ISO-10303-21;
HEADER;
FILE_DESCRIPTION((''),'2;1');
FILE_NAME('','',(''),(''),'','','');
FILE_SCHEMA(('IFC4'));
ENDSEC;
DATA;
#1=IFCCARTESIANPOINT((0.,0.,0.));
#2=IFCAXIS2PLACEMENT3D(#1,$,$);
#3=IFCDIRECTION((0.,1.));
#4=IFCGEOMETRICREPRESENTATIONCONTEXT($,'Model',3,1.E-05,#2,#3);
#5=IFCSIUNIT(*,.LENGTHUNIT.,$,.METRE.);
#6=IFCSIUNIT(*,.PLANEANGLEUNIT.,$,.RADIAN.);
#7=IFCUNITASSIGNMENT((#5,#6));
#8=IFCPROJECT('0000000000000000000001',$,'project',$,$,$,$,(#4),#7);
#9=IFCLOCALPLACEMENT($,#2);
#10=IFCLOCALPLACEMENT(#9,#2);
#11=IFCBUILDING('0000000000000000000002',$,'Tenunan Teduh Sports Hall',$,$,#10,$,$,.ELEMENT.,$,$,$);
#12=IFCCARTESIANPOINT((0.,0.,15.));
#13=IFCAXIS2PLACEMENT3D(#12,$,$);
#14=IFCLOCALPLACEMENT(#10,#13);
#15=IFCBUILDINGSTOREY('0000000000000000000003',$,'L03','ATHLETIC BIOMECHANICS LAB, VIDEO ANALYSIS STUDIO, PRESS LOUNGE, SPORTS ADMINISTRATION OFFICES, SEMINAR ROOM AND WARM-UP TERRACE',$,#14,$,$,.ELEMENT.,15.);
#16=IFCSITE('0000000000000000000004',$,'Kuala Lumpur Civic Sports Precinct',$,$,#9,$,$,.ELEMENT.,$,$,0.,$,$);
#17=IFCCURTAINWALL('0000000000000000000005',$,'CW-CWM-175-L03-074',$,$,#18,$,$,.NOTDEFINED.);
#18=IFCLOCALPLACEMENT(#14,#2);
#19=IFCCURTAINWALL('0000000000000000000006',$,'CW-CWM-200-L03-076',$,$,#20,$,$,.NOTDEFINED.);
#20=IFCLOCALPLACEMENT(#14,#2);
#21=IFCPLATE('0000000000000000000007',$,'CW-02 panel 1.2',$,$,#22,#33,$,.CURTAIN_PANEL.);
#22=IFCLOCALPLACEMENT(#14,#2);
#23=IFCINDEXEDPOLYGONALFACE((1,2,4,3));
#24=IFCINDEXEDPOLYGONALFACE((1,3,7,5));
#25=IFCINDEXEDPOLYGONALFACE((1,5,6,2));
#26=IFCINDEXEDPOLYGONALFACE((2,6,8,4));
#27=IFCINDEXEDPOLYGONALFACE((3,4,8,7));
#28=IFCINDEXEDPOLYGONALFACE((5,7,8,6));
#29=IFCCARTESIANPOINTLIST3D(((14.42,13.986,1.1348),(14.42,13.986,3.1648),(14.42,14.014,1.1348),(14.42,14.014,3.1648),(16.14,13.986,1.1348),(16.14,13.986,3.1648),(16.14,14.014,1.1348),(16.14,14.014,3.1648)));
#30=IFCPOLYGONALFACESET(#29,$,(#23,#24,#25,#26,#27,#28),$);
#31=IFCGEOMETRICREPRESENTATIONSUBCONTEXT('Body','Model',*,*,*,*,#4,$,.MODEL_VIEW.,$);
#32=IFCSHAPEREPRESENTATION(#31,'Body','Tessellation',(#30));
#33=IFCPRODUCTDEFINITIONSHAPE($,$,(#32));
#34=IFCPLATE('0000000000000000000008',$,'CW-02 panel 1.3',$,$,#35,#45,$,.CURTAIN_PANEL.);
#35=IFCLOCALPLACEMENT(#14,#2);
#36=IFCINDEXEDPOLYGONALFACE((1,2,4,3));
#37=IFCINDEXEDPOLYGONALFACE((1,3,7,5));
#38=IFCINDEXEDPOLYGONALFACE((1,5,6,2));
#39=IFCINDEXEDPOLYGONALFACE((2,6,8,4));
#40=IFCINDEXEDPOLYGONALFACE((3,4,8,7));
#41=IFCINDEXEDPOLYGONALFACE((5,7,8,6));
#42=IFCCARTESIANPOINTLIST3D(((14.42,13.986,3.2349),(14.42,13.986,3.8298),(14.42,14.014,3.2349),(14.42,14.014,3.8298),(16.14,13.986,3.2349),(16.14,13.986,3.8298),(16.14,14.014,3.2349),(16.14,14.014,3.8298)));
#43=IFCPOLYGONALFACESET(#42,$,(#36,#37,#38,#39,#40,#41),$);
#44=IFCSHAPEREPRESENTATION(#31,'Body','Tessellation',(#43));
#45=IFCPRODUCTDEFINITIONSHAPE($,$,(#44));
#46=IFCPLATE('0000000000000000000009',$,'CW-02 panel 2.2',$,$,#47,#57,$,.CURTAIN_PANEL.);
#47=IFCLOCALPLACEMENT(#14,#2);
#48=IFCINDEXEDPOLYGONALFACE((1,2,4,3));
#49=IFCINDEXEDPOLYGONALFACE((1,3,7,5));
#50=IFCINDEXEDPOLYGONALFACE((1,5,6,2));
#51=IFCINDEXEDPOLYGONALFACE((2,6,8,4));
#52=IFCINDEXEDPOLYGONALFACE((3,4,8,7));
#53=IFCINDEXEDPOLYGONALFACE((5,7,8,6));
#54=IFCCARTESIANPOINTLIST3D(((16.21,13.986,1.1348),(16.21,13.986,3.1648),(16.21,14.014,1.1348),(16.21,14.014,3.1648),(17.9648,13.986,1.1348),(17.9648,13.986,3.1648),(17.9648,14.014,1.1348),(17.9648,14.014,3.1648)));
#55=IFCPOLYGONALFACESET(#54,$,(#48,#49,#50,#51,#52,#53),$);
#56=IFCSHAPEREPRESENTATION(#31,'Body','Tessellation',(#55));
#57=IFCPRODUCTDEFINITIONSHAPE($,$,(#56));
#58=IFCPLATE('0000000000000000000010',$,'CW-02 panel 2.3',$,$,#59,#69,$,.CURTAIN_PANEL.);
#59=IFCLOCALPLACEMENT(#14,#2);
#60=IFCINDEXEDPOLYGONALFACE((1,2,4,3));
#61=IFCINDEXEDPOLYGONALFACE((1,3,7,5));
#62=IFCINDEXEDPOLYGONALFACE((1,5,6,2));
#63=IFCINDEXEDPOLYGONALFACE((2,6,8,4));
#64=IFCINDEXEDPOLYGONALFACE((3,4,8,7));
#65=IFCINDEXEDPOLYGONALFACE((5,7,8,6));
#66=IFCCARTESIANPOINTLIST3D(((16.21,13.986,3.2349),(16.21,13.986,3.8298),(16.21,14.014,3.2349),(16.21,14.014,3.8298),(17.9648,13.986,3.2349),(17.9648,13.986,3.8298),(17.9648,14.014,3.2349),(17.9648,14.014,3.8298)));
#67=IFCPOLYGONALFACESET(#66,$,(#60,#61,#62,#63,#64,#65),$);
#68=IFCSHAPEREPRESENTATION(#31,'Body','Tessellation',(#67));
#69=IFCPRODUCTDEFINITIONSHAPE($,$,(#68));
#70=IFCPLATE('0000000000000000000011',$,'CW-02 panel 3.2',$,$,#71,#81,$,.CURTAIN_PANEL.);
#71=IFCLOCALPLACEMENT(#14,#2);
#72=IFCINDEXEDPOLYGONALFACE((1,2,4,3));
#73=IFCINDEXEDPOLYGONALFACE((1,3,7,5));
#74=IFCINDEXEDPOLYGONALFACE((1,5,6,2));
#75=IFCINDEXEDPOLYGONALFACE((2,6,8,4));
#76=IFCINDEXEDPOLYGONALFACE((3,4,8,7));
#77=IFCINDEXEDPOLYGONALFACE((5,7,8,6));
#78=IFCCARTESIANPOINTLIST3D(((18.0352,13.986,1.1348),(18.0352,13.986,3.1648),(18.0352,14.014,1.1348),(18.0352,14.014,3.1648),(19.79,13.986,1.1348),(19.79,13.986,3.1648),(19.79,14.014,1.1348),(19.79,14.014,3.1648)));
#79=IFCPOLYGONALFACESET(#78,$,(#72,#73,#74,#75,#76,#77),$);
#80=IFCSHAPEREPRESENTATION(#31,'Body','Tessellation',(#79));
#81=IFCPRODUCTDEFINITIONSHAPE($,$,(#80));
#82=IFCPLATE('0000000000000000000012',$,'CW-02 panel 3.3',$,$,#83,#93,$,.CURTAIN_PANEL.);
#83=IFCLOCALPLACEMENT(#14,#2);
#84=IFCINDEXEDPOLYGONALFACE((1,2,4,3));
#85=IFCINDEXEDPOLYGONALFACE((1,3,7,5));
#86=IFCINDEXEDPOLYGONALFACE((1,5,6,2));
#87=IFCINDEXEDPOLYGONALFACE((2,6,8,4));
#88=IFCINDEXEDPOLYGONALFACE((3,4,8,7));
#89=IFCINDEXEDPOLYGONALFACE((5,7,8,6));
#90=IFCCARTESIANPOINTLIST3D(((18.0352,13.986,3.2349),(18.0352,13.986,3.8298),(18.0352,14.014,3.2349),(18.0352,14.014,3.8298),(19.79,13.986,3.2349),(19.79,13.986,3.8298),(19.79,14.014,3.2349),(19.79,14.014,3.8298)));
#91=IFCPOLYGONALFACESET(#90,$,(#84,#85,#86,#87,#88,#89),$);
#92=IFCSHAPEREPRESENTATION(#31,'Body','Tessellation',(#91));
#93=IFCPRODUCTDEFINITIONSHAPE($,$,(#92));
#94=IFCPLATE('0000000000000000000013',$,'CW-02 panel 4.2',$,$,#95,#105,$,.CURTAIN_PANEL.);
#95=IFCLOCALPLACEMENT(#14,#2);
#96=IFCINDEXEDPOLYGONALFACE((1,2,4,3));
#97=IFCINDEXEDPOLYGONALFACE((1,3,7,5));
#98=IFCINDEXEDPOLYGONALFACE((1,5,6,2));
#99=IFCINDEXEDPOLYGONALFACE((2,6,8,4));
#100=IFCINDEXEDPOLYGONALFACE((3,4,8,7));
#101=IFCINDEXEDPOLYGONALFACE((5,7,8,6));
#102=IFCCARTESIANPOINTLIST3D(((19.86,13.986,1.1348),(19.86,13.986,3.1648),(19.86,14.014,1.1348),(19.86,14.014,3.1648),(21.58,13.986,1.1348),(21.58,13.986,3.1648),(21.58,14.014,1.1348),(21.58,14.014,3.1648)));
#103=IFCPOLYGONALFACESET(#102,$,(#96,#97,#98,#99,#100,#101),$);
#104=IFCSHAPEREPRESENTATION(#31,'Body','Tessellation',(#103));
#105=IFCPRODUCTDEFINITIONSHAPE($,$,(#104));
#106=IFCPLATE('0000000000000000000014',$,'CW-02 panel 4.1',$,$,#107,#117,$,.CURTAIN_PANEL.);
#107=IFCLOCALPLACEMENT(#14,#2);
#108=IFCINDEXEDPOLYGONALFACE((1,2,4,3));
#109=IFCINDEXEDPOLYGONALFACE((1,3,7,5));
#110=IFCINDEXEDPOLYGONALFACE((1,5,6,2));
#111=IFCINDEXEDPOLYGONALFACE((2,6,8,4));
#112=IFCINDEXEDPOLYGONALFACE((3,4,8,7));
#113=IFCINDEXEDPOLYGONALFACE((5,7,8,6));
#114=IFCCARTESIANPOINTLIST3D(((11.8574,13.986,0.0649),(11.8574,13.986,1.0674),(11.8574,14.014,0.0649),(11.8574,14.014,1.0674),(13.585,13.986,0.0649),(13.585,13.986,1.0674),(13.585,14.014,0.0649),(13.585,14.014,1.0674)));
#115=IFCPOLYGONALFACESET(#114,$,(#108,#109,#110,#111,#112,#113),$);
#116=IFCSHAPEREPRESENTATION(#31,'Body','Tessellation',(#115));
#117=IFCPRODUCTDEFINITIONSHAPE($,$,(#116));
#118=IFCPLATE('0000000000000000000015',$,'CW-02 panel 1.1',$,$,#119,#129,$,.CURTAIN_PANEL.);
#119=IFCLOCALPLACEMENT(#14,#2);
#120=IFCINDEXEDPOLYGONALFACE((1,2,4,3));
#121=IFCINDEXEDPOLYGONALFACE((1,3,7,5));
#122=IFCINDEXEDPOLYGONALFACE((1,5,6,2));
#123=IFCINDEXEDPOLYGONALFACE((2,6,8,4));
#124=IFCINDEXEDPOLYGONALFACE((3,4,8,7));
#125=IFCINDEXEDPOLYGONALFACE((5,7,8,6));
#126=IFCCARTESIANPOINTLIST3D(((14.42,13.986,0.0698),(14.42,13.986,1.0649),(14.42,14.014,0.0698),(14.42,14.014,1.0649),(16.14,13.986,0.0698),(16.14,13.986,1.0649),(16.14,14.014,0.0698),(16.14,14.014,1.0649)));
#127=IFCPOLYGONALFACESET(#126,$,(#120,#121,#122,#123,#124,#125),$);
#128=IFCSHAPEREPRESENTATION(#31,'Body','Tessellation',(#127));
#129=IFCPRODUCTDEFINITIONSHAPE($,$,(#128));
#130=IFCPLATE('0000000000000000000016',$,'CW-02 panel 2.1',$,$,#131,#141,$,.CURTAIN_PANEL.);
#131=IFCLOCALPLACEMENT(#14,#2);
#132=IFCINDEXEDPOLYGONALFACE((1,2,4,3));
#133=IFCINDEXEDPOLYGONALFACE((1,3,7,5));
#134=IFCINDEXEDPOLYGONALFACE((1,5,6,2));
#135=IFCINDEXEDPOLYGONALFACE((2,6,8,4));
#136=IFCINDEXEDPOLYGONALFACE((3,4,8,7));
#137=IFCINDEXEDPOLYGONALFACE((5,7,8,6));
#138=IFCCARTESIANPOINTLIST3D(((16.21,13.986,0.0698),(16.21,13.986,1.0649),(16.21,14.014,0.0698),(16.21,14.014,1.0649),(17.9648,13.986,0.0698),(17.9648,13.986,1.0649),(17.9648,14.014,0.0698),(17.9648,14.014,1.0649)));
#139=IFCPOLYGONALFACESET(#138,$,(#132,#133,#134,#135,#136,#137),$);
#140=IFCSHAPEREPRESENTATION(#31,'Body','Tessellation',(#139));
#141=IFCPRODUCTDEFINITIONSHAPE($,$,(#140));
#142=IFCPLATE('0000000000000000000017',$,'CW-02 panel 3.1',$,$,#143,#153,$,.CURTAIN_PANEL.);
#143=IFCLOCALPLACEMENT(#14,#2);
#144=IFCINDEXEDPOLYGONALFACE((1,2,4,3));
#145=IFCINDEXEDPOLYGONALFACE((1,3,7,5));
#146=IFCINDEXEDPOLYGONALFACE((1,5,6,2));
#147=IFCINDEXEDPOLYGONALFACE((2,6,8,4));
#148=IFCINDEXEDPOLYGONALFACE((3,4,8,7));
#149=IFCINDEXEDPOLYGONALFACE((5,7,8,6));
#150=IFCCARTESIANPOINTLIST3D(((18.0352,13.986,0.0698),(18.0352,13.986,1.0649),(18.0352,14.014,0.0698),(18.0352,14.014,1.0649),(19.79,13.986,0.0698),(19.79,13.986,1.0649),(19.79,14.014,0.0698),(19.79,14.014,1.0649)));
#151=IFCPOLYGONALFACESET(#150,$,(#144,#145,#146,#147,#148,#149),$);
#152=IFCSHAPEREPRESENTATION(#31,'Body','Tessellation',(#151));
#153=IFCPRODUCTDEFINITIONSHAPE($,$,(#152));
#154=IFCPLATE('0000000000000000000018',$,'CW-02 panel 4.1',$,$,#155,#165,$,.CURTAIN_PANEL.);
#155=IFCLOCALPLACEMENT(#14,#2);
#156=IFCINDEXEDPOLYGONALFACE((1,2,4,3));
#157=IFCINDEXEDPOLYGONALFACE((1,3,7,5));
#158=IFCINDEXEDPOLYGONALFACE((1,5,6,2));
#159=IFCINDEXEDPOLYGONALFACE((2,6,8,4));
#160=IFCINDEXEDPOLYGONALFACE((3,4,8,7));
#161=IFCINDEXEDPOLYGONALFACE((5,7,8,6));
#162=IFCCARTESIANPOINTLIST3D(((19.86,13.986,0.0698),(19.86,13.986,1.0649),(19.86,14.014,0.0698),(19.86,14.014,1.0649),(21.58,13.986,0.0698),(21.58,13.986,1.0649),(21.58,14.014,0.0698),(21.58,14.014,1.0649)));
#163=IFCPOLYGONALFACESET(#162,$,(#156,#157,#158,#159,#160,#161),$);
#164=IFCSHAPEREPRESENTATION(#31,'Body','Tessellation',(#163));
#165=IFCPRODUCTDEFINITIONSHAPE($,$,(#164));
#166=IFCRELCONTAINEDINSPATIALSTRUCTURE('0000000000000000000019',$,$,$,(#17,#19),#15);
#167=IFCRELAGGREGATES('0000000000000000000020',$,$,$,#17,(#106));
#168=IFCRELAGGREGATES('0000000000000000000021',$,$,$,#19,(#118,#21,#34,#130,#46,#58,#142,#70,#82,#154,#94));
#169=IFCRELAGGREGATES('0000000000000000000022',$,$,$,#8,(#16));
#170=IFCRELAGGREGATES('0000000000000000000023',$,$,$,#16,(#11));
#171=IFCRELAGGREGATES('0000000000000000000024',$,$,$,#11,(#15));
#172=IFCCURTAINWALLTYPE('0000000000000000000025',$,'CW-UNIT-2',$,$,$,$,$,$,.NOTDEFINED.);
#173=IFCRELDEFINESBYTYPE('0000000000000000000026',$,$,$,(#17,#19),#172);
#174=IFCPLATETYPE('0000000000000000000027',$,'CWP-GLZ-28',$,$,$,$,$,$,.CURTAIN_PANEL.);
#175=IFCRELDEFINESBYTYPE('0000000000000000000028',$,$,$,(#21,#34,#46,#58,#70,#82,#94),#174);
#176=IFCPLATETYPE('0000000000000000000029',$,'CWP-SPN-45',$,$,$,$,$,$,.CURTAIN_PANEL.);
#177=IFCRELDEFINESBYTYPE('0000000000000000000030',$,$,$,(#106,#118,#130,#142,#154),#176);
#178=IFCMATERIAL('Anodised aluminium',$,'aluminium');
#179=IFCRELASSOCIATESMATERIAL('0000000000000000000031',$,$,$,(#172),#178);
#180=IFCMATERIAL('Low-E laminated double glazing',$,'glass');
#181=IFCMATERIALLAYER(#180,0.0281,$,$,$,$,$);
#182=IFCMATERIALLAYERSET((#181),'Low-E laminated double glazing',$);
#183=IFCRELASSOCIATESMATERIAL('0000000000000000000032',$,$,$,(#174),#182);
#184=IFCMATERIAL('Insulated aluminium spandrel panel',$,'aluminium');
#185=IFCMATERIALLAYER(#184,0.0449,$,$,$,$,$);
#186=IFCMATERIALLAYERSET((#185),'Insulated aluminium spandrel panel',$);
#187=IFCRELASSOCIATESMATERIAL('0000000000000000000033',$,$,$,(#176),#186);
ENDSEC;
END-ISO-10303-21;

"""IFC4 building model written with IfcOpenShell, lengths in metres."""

from ifc_helpers import new_model, si_unit, direction, frame, origin, origin_2d, place, context, subcontext, project, spatial, rectangle, extrude, material, layer, layer_set, type_object, element, aggregate, save


model = new_model("IFC4")

# Units and contexts
model_context = context("Model", 3, precision=1e-05, world=origin(), true_north=direction((0.0, 1.0)))
body_context = subcontext(model_context, "Body", "Model", "MODEL_VIEW")
ifc_project = project(units=[si_unit("LENGTHUNIT", "METRE"), si_unit("PLANEANGLEUNIT", "RADIAN")], contexts=[model_context])

# Site, building, storey
site_placement = place(None, origin())
site = spatial("IfcSite", under=ifc_project, at=site_placement, Name="Kuala Lumpur Civic Sports Precinct", CompositionType="ELEMENT", RefElevation=0.0)
building_placement = place(site_placement, origin())
building = spatial("IfcBuilding", under=site, at=building_placement, Name="Tenunan Teduh Sports Hall", CompositionType="ELEMENT")
storey_placement = place(building_placement, frame((0.0, 0.0, 15.0)))
storey = spatial("IfcBuildingStorey", under=building, at=storey_placement, Name="L03", Description="ATHLETIC BIOMECHANICS LAB, VIDEO ANALYSIS STUDIO, PRESS LOUNGE, SPORTS ADMINISTRATION OFFICES, SEMINAR ROOM AND WARM-UP TERRACE", CompositionType="ELEMENT", Elevation=15.0)

# Curtain wall
ifc_material_1 = material(Name="Anodised aluminium", Category="aluminium")
curtain_wall_type = type_object("IfcCurtainWallType", Name="CW-UNIT-2", PredefinedType="NOTDEFINED", material=ifc_material_1)
curtain_wall_1_placement = place(storey_placement, origin())
curtain_wall_1 = element("IfcCurtainWall", 1, at=curtain_wall_1_placement, inside=storey, type_object=curtain_wall_type, Name="CW-CWM-175-L03-074", PredefinedType="NOTDEFINED")

# Curtain wall
curtain_wall_2_placement = place(storey_placement, origin())
curtain_wall_2 = element("IfcCurtainWall", 2, at=curtain_wall_2_placement, inside=storey, type_object=curtain_wall_type, Name="CW-CWM-200-L03-076", PredefinedType="NOTDEFINED")

# Plates
ifc_material_2 = material(Name="Low-E laminated double glazing", Category="glass")
ifc_layer_1 = layer(ifc_material_2, 0.0281)
ifc_layer_set_1 = layer_set([ifc_layer_1], Name="Low-E laminated double glazing")
plate_type_1 = type_object("IfcPlateType", Name="CWP-GLZ-28", PredefinedType="CURTAIN_PANEL", material=ifc_layer_set_1)
plate_1_placement = place(storey_placement, frame((15.28, 14.0, 1.1348), z_axis=(0.0, 0.0, 1.0), x_axis=(1.0, 0.0, 0.0)))
plate_1 = element("IfcPlate", 3, at=plate_1_placement, type_object=plate_type_1, Name="CW-02 panel 1.2", PredefinedType="CURTAIN_PANEL", context=body_context, shape_type="SweptSolid", body=[
    extrude(rectangle(XDim=1.72, YDim=0.0281, at=origin_2d()), origin(), (0.0, 0.0, 1.0), 2.03),
])
plate_2_placement = place(storey_placement, frame((15.28, 14.0, 3.2349), z_axis=(0.0, 0.0, 1.0), x_axis=(1.0, 0.0, 0.0)))
plate_2 = element("IfcPlate", 4, at=plate_2_placement, type_object=plate_type_1, Name="CW-02 panel 1.3", PredefinedType="CURTAIN_PANEL", context=body_context, shape_type="SweptSolid", body=[
    extrude(rectangle(XDim=1.72, YDim=0.0281, at=origin_2d()), origin(), (0.0, 0.0, 1.0), 0.595),
])
plate_3_placement = place(storey_placement, frame((17.0874, 14.0, 1.1348), z_axis=(0.0, 0.0, 1.0), x_axis=(1.0, 0.0, 0.0)))
plate_3 = element("IfcPlate", 5, at=plate_3_placement, type_object=plate_type_1, Name="CW-02 panel 2.2", PredefinedType="CURTAIN_PANEL", context=body_context, shape_type="SweptSolid", body=[
    extrude(rectangle(XDim=1.7549, YDim=0.0281, at=origin_2d()), origin(), (0.0, 0.0, 1.0), 2.03),
])
plate_4_placement = place(storey_placement, frame((17.0874, 14.0, 3.2349), z_axis=(0.0, 0.0, 1.0), x_axis=(1.0, 0.0, 0.0)))
plate_4 = element("IfcPlate", 6, at=plate_4_placement, type_object=plate_type_1, Name="CW-02 panel 2.3", PredefinedType="CURTAIN_PANEL", context=body_context, shape_type="SweptSolid", body=[
    extrude(rectangle(XDim=1.7549, YDim=0.0281, at=origin_2d()), origin(), (0.0, 0.0, 1.0), 0.595),
])
plate_5_placement = place(storey_placement, frame((18.9126, 14.0, 1.1348), z_axis=(0.0, 0.0, 1.0), x_axis=(1.0, 0.0, 0.0)))
plate_5 = element("IfcPlate", 7, at=plate_5_placement, type_object=plate_type_1, Name="CW-02 panel 3.2", PredefinedType="CURTAIN_PANEL", context=body_context, shape_type="SweptSolid", body=[
    extrude(rectangle(XDim=1.7549, YDim=0.0281, at=origin_2d()), origin(), (0.0, 0.0, 1.0), 2.03),
])
plate_6_placement = place(storey_placement, frame((18.9126, 14.0, 3.2349), z_axis=(0.0, 0.0, 1.0), x_axis=(1.0, 0.0, 0.0)))
plate_6 = element("IfcPlate", 8, at=plate_6_placement, type_object=plate_type_1, Name="CW-02 panel 3.3", PredefinedType="CURTAIN_PANEL", context=body_context, shape_type="SweptSolid", body=[
    extrude(rectangle(XDim=1.7549, YDim=0.0281, at=origin_2d()), origin(), (0.0, 0.0, 1.0), 0.595),
])
plate_7_placement = place(storey_placement, frame((20.72, 14.0, 1.1348), z_axis=(0.0, 0.0, 1.0), x_axis=(1.0, 0.0, 0.0)))
plate_7 = element("IfcPlate", 9, at=plate_7_placement, type_object=plate_type_1, Name="CW-02 panel 4.2", PredefinedType="CURTAIN_PANEL", context=body_context, shape_type="SweptSolid", body=[
    extrude(rectangle(XDim=1.72, YDim=0.0281, at=origin_2d()), origin(), (0.0, 0.0, 1.0), 2.03),
])
ifc_material_3 = material(Name="Insulated aluminium spandrel panel", Category="aluminium")
ifc_layer_2 = layer(ifc_material_3, 0.0449)
ifc_layer_set_2 = layer_set([ifc_layer_2], Name="Insulated aluminium spandrel panel")
plate_type_2 = type_object("IfcPlateType", Name="CWP-SPN-45", PredefinedType="CURTAIN_PANEL", material=ifc_layer_set_2)
plate_8_placement = place(storey_placement, frame((12.7212, 14.0, 0.0649), z_axis=(0.0, 0.0, 1.0), x_axis=(1.0, 0.0, 0.0)))
plate_8 = element("IfcPlate", 10, at=plate_8_placement, type_object=plate_type_2, Name="CW-02 panel 4.1", PredefinedType="CURTAIN_PANEL", context=body_context, shape_type="SweptSolid", body=[
    extrude(rectangle(XDim=1.7275, YDim=0.0281, at=origin_2d()), origin(), (0.0, 0.0, 1.0), 1.0024),
])
aggregate(curtain_wall_1, [plate_8])
plate_9_placement = place(storey_placement, frame((15.28, 14.0, 0.0698), z_axis=(0.0, 0.0, 1.0), x_axis=(1.0, 0.0, 0.0)))
plate_9 = element("IfcPlate", 11, at=plate_9_placement, type_object=plate_type_2, Name="CW-02 panel 1.1", PredefinedType="CURTAIN_PANEL", context=body_context, shape_type="SweptSolid", body=[
    extrude(rectangle(XDim=1.72, YDim=0.0281, at=origin_2d()), origin(), (0.0, 0.0, 1.0), 0.9951),
])
plate_10_placement = place(storey_placement, frame((17.0874, 14.0, 0.0698), z_axis=(0.0, 0.0, 1.0), x_axis=(1.0, 0.0, 0.0)))
plate_10 = element("IfcPlate", 12, at=plate_10_placement, type_object=plate_type_2, Name="CW-02 panel 2.1", PredefinedType="CURTAIN_PANEL", context=body_context, shape_type="SweptSolid", body=[
    extrude(rectangle(XDim=1.7549, YDim=0.0281, at=origin_2d()), origin(), (0.0, 0.0, 1.0), 0.9951),
])
plate_11_placement = place(storey_placement, frame((18.9126, 14.0, 0.0698), z_axis=(0.0, 0.0, 1.0), x_axis=(1.0, 0.0, 0.0)))
plate_11 = element("IfcPlate", 13, at=plate_11_placement, type_object=plate_type_2, Name="CW-02 panel 3.1", PredefinedType="CURTAIN_PANEL", context=body_context, shape_type="SweptSolid", body=[
    extrude(rectangle(XDim=1.7549, YDim=0.0281, at=origin_2d()), origin(), (0.0, 0.0, 1.0), 0.9951),
])
plate_12_placement = place(storey_placement, frame((20.72, 14.0, 0.0698), z_axis=(0.0, 0.0, 1.0), x_axis=(1.0, 0.0, 0.0)))
plate_12 = element("IfcPlate", 14, at=plate_12_placement, type_object=plate_type_2, Name="CW-02 panel 4.1", PredefinedType="CURTAIN_PANEL", context=body_context, shape_type="SweptSolid", body=[
    extrude(rectangle(XDim=1.72, YDim=0.0281, at=origin_2d()), origin(), (0.0, 0.0, 1.0), 0.9951),
])
aggregate(curtain_wall_2, [plate_9, plate_1, plate_2, plate_10, plate_3, plate_4, plate_11, plate_5, plate_6, plate_12, plate_7])

save(model, "model.ifc")
